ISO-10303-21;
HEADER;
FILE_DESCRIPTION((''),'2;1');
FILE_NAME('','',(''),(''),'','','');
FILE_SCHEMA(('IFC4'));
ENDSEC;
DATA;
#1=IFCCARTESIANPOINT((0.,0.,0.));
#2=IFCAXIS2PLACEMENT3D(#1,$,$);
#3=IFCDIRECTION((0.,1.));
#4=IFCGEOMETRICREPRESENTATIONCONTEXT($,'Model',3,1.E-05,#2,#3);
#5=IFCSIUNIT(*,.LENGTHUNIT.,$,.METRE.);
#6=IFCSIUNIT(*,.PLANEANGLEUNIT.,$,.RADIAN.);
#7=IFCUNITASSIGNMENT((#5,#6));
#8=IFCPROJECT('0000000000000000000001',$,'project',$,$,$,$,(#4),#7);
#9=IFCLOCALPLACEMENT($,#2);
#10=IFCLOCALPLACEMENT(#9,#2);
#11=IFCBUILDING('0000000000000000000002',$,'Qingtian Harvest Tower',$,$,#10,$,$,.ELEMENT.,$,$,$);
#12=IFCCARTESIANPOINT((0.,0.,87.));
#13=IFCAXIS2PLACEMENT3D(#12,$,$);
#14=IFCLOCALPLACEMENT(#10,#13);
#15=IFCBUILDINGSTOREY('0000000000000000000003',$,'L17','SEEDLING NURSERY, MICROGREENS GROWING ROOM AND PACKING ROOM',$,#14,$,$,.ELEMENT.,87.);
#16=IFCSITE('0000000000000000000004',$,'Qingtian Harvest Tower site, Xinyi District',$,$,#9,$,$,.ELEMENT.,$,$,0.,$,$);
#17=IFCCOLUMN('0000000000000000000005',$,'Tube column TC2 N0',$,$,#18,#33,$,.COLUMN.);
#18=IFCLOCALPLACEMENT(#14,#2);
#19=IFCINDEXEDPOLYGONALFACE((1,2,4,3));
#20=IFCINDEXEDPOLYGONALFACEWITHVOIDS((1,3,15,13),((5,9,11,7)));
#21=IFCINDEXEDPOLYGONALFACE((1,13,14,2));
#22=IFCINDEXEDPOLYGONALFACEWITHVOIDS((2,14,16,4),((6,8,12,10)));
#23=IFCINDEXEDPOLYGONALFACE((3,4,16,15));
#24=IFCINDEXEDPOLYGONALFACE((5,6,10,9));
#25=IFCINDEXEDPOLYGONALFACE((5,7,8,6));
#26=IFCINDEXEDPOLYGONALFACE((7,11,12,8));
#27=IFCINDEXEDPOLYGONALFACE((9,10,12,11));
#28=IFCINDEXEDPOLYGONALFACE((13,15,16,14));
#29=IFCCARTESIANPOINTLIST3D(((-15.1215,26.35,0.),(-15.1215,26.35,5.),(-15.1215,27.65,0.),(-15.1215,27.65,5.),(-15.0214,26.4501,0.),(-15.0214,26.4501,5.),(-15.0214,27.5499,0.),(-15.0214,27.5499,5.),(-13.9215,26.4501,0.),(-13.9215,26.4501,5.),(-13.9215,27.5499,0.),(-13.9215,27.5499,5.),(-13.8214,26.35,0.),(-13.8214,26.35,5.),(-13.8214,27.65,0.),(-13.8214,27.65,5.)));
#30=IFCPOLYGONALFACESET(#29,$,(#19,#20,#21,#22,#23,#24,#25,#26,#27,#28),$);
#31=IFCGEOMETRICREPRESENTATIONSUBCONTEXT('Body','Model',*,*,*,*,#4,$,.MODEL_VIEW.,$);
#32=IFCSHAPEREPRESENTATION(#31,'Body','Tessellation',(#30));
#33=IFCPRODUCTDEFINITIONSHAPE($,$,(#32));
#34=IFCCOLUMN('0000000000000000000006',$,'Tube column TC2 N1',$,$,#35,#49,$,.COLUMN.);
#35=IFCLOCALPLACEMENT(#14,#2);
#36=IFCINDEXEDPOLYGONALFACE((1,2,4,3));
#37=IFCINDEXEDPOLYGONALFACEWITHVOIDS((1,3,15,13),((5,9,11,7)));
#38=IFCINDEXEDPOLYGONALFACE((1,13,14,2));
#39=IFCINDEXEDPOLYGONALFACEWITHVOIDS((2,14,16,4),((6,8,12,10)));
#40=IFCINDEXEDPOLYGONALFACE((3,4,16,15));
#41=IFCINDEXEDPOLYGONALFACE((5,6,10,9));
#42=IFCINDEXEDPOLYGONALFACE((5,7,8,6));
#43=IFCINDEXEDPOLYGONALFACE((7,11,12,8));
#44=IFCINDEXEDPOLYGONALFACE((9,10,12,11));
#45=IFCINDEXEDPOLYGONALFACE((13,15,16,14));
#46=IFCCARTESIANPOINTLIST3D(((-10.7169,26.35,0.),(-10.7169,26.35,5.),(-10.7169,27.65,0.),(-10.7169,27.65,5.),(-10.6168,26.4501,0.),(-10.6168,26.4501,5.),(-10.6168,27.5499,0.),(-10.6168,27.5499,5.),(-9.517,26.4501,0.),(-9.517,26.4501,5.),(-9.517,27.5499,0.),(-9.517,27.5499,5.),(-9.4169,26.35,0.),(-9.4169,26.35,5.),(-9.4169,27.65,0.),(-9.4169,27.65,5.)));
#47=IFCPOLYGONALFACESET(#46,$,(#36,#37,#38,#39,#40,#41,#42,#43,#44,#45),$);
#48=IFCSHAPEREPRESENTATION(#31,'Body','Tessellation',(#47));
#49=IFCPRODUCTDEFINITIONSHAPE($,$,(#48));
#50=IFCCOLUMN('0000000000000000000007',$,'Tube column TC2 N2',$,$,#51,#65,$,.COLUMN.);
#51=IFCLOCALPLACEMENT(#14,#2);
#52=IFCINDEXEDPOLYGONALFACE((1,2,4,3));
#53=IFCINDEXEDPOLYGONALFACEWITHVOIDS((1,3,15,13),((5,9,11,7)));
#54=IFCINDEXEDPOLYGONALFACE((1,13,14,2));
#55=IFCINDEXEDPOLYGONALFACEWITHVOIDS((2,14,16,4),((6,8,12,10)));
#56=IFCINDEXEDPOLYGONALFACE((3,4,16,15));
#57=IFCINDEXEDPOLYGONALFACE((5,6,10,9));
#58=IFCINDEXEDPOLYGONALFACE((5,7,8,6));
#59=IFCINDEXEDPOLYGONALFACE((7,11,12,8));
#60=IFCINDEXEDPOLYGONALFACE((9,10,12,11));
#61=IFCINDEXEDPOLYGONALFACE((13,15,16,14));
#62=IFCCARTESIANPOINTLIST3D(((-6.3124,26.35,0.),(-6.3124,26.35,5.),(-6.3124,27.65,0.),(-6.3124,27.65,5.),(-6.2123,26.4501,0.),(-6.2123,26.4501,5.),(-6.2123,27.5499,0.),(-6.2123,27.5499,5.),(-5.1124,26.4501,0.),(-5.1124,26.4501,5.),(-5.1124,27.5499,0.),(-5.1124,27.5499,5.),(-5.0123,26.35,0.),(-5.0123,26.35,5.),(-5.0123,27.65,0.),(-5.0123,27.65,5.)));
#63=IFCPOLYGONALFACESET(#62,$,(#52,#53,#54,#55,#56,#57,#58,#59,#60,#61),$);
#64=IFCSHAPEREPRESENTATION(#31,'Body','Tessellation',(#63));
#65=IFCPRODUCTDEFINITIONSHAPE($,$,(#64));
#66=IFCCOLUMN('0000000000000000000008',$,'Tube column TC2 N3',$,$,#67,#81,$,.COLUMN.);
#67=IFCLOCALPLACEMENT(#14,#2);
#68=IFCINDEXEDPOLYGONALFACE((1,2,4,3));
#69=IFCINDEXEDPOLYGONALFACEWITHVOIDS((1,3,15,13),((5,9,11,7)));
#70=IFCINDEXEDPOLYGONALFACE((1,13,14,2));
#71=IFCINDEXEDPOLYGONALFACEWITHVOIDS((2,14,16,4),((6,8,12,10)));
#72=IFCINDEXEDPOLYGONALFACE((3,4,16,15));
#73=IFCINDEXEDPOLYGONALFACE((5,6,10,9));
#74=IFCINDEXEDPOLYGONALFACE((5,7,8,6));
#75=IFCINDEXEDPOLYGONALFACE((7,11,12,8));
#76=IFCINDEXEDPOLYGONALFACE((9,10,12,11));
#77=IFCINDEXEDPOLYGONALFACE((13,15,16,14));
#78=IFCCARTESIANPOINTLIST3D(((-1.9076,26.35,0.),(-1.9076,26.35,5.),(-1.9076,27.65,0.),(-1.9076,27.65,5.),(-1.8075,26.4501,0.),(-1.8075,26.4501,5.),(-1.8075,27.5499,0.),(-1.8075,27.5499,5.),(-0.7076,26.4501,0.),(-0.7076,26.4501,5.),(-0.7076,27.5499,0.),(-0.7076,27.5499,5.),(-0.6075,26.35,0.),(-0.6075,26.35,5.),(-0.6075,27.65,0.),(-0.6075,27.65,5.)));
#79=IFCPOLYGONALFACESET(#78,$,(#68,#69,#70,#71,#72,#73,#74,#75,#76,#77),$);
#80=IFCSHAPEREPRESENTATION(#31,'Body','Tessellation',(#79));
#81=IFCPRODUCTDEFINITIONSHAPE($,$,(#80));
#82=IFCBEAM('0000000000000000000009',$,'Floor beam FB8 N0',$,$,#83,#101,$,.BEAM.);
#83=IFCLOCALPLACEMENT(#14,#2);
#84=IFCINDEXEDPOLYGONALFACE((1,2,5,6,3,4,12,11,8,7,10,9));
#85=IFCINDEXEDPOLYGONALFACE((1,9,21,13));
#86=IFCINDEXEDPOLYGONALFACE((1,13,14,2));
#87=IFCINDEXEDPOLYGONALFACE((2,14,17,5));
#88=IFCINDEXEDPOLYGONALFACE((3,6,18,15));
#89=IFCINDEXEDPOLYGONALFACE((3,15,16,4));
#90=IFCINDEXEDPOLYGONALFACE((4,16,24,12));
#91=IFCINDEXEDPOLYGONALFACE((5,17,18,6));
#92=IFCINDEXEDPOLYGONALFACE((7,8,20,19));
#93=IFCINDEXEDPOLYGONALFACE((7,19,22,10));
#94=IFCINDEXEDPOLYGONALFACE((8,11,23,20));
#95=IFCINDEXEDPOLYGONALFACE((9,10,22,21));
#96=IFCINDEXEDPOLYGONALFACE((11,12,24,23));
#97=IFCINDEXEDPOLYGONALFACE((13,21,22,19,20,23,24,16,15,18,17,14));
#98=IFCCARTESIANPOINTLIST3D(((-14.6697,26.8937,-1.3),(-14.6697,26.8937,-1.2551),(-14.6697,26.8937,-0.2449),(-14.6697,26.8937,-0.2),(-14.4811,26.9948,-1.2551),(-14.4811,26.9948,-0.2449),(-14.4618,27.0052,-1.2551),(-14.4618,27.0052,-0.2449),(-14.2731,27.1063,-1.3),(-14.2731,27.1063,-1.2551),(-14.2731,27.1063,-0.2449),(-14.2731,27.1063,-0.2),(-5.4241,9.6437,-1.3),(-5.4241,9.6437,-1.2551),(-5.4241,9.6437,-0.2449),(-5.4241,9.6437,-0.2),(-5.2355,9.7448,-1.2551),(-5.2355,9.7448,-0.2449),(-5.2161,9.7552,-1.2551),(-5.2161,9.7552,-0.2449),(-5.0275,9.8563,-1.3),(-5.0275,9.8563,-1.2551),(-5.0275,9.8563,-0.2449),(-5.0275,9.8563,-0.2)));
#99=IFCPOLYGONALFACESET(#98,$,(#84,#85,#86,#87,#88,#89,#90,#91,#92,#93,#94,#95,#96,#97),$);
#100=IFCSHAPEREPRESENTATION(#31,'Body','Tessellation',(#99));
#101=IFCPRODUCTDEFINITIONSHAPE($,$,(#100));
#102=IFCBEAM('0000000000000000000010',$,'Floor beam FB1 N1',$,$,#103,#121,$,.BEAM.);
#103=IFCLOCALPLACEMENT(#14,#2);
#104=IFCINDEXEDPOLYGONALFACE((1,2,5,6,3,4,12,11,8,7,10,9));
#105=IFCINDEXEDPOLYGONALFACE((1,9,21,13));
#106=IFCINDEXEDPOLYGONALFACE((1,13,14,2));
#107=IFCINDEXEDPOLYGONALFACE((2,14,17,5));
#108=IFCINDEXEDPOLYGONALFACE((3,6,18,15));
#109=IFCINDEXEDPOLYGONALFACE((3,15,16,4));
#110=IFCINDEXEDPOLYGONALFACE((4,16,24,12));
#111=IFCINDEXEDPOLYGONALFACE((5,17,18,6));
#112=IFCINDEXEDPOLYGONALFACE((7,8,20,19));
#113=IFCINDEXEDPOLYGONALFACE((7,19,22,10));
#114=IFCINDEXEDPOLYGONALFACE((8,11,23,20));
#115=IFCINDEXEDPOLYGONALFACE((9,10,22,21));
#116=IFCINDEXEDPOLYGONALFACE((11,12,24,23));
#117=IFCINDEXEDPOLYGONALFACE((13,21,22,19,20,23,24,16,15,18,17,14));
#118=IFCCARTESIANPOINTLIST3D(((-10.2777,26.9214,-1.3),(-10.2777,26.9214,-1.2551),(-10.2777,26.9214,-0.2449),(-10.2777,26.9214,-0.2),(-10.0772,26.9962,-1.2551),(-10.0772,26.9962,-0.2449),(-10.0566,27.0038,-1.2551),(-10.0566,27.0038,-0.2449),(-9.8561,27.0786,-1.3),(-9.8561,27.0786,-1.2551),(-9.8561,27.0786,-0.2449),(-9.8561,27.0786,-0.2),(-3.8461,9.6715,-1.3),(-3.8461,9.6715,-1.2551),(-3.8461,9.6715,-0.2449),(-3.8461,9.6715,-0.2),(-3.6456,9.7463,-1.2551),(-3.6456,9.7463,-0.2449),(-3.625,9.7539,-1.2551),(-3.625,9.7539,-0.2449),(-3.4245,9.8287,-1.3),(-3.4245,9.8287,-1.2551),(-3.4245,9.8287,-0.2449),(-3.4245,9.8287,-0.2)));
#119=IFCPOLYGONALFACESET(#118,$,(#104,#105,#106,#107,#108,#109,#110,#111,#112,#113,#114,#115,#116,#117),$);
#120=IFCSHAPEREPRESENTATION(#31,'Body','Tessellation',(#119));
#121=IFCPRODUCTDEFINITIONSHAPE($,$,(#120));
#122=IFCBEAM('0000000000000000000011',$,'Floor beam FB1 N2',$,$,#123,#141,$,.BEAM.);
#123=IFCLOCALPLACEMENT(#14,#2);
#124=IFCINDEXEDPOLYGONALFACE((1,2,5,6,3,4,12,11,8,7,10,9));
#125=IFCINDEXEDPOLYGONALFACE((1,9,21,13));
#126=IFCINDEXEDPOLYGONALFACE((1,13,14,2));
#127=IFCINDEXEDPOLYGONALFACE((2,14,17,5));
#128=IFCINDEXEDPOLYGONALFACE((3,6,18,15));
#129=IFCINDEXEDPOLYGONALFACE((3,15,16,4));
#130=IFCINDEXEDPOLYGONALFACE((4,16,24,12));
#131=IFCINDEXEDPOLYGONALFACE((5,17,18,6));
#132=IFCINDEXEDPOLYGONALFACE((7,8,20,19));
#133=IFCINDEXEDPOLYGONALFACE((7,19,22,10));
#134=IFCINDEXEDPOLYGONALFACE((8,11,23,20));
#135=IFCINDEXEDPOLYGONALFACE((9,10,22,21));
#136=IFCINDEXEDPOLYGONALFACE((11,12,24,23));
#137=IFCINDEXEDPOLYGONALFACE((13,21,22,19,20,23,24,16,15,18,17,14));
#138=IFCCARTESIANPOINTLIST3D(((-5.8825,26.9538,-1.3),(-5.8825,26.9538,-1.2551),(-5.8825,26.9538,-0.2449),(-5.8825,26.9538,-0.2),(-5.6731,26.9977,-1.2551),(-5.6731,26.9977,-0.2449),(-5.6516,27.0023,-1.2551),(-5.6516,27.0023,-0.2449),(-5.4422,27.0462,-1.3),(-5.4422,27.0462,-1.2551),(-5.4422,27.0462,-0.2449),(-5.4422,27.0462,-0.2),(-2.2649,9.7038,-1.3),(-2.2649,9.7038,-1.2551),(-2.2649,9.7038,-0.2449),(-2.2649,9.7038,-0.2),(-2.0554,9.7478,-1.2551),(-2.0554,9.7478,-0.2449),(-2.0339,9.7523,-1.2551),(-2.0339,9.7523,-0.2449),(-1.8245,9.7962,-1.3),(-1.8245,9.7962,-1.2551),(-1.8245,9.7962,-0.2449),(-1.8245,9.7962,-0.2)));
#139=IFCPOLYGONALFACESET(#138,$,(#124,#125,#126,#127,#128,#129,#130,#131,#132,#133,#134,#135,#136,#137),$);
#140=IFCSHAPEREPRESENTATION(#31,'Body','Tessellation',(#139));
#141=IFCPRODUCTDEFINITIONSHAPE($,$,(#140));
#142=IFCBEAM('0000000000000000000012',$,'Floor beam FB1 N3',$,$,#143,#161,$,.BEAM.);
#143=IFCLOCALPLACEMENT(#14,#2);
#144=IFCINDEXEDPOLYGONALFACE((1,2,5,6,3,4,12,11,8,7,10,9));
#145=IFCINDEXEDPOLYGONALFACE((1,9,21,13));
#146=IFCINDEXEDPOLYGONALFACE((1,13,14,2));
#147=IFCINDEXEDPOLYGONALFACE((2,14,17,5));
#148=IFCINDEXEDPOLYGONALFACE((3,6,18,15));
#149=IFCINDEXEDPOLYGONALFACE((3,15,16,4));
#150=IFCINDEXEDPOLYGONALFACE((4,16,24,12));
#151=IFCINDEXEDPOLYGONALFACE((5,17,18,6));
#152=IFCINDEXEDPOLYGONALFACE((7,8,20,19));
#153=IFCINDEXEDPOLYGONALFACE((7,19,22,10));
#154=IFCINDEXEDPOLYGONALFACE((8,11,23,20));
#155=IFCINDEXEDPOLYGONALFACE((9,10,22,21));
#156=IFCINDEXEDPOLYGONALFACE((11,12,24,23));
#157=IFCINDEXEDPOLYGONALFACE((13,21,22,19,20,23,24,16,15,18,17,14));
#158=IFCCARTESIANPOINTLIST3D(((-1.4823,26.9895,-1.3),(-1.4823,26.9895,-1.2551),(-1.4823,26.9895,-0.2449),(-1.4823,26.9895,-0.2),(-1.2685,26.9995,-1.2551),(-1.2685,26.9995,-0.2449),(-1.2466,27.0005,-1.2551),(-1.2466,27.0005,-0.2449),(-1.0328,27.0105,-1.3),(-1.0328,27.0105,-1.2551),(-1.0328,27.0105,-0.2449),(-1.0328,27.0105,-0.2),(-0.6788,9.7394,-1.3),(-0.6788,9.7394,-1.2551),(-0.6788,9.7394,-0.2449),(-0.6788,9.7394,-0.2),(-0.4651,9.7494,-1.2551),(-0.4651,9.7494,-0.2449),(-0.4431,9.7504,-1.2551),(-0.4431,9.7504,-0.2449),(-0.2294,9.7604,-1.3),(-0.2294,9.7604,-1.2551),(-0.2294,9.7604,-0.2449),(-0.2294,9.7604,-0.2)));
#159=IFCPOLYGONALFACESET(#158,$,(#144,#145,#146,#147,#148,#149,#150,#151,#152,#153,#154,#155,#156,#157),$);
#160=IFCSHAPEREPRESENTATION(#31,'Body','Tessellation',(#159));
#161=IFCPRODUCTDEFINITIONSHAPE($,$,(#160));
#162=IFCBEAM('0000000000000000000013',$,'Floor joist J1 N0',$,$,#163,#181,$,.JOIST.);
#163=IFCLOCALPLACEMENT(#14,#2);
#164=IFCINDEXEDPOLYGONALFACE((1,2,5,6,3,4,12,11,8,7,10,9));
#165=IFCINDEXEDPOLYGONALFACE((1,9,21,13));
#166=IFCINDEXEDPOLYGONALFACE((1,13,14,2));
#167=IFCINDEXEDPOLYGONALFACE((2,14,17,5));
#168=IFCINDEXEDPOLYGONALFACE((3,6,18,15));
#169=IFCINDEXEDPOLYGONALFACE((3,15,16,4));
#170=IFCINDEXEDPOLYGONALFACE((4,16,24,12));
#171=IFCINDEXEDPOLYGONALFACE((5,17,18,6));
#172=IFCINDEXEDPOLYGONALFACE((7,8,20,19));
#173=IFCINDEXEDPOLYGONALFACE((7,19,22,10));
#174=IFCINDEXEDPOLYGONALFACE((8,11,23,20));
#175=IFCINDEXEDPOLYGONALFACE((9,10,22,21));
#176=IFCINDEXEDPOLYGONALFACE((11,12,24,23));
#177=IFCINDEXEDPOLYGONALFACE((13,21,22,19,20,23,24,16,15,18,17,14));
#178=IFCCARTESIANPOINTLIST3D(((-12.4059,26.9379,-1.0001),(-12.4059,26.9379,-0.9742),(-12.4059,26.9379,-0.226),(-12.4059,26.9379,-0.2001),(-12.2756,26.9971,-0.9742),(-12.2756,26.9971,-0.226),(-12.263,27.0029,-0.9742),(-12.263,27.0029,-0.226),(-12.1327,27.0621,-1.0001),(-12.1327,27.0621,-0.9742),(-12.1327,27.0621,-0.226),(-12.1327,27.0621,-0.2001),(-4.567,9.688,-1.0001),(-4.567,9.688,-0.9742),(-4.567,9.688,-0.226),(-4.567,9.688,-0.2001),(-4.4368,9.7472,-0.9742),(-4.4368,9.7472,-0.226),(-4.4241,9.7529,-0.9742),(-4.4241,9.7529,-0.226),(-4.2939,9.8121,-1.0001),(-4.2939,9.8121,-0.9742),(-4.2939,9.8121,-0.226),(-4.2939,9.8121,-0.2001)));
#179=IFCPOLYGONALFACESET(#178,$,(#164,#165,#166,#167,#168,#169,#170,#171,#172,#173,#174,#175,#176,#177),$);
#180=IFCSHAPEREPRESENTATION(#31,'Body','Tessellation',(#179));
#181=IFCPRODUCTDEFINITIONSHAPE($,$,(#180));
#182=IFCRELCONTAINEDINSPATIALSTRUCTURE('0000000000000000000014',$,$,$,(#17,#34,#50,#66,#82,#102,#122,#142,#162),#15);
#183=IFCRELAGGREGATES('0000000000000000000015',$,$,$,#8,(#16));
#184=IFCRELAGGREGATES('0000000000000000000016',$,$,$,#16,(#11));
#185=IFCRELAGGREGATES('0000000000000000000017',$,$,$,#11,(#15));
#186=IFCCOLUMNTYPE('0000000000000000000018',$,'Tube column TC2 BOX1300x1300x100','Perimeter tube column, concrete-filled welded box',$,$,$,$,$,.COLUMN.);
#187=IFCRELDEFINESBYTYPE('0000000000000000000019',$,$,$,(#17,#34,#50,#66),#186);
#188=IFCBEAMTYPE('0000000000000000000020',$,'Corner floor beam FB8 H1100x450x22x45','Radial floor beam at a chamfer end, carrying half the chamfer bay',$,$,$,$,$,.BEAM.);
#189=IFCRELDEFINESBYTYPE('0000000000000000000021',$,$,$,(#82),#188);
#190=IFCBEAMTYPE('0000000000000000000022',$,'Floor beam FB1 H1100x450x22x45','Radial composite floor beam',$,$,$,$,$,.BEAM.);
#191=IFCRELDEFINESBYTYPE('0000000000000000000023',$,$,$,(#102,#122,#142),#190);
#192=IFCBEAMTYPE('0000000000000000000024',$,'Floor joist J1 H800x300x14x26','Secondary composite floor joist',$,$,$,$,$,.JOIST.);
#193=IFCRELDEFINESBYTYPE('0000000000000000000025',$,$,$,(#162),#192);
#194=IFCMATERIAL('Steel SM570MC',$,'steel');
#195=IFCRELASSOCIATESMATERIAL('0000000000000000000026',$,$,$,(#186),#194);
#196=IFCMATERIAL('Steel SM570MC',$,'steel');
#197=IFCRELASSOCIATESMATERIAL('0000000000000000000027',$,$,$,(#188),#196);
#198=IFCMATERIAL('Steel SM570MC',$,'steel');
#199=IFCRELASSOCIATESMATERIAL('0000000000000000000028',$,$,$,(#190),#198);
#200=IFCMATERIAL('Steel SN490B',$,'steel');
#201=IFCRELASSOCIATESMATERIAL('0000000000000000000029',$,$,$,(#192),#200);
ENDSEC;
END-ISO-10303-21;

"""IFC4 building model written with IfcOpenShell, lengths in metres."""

from ifc_helpers import new_model, si_unit, direction, frame, origin, origin_2d, place, context, subcontext, project, spatial, hollow_rectangle, i_section, extrude, material, material_profile, profile_set, type_object, element, save


model = new_model("IFC4")

# Units and contexts
model_context = context("Model", 3, precision=1e-05, world=origin(), true_north=direction((0.0, 1.0)))
body_context = subcontext(model_context, "Body", "Model", "MODEL_VIEW")
ifc_project = project(units=[si_unit("LENGTHUNIT", "METRE"), si_unit("PLANEANGLEUNIT", "RADIAN")], contexts=[model_context])

# Site, building, storey
site_placement = place(None, origin())
site = spatial("IfcSite", under=ifc_project, at=site_placement, Name="Qingtian Harvest Tower site, Xinyi District", CompositionType="ELEMENT", RefElevation=0.0)
building_placement = place(site_placement, origin())
building = spatial("IfcBuilding", under=site, at=building_placement, Name="Qingtian Harvest Tower", CompositionType="ELEMENT")
storey_placement = place(building_placement, frame((0.0, 0.0, 87.0)))
storey = spatial("IfcBuildingStorey", under=building, at=storey_placement, Name="L17", Description="SEEDLING NURSERY, MICROGREENS GROWING ROOM AND PACKING ROOM", CompositionType="ELEMENT", Elevation=87.0)

# Columns
ifc_material_1 = material(Name="Steel SM570MC", Category="steel")
ifc_material_profile_1 = material_profile(ifc_material_1, hollow_rectangle(XDim=1.3, YDim=1.3, WallThickness=0.1001, at=origin_2d()), Name="BOX1300x1300x100")
ifc_profile_set_1 = profile_set([ifc_material_profile_1], Name="Steel SM570MC")
column_type = type_object("IfcColumnType", Name="Tube column TC2 BOX1300x1300x100", Description="Perimeter tube column, concrete-filled welded box", PredefinedType="COLUMN", material=ifc_profile_set_1)
for number, where, z_axis, x_axis, name in (
    (1, (-14.4714, 27.0, 0.0), (0.0, 0.0, 1.0), (-1.0, 0.0, 0.0), "Tube column TC2 N0"),
    (2, (-10.0669, 27.0, 0.0), (0.0, 0.0, 1.0), (-1.0, 0.0, 0.0), "Tube column TC2 N1"),
    (3, (-5.6624, 27.0, 0.0), (0.0, 0.0, 1.0), (-1.0, 0.0, 0.0), "Tube column TC2 N2"),
    (4, (-1.2576, 27.0, 0.0), (0.0, 0.0, 1.0), (-1.0, 0.0, 0.0), "Tube column TC2 N3"),
):
    element("IfcColumn", number, at=place(storey_placement, frame(where, z_axis=z_axis, x_axis=x_axis)), inside=storey, type_object=column_type, Name=name, PredefinedType="COLUMN", context=body_context, shape_type="SweptSolid", body=[
        extrude(hollow_rectangle(XDim=1.3, YDim=1.3, WallThickness=0.1001, at=origin_2d()), origin(), (0.0, 0.0, 1.0), 5.0),
    ])

# Beams
ifc_material_2 = material(Name="Steel SM570MC", Category="steel")
ifc_material_profile_2 = material_profile(ifc_material_2, i_section(OverallWidth=0.45, OverallDepth=1.1001, WebThickness=0.022, FlangeThickness=0.0449, at=origin_2d()), Name="H1100x450x22x45")
ifc_profile_set_2 = profile_set([ifc_material_profile_2], Name="Steel SM570MC")
beam_type_1 = type_object("IfcBeamType", Name="Corner floor beam FB8 H1100x450x22x45", Description="Radial floor beam at a chamfer end, carrying half the chamfer bay", PredefinedType="BEAM", material=ifc_profile_set_2)
beam_1_placement = place(storey_placement, frame((-14.4714, 27.0, -0.75), z_axis=(0.472401, -0.881384, 0.0), x_axis=(0.881384, 0.472401, 0.0)))
element("IfcBeam", 5, at=beam_1_placement, inside=storey, type_object=beam_type_1, Name="Floor beam FB8 N0", PredefinedType="BEAM", context=body_context, shape_type="SweptSolid", body=[
    extrude(i_section(OverallWidth=0.45, OverallDepth=1.1001, WebThickness=0.022, FlangeThickness=0.0449, at=origin_2d()), origin(), (0.0, 0.0, 1.0), 19.5715),
])
ifc_material_3 = material(Name="Steel SM570MC", Category="steel")
ifc_material_profile_3 = material_profile(ifc_material_3, i_section(OverallWidth=0.45, OverallDepth=1.1001, WebThickness=0.022, FlangeThickness=0.0449, at=origin_2d()), Name="H1100x450x22x45")
ifc_profile_set_3 = profile_set([ifc_material_profile_3], Name="Steel SM570MC")
beam_type_2 = type_object("IfcBeamType", Name="Floor beam FB1 H1100x450x22x45", Description="Radial composite floor beam", PredefinedType="BEAM", material=ifc_profile_set_3)
beam_2_placement = place(storey_placement, frame((-10.0669, 27.0, -0.75), z_axis=(0.349356, -0.93699, 0.0), x_axis=(0.93699, 0.349356, 0.0)))
element("IfcBeam", 6, at=beam_2_placement, inside=storey, type_object=beam_type_2, Name="Floor beam FB1 N1", PredefinedType="BEAM", context=body_context, shape_type="SweptSolid", body=[
    extrude(i_section(OverallWidth=0.45, OverallDepth=1.1001, WebThickness=0.022, FlangeThickness=0.0449, at=origin_2d()), origin(), (0.0, 0.0, 1.0), 18.4099),
])
beam_3_placement = place(storey_placement, frame((-5.6624, 27.0, -0.75), z_axis=(0.205255, -0.978709, 0.0), x_axis=(0.978709, 0.205255, 0.0)))
element("IfcBeam", 7, at=beam_3_placement, inside=storey, type_object=beam_type_2, Name="Floor beam FB1 N2", PredefinedType="BEAM", context=body_context, shape_type="SweptSolid", body=[
    extrude(i_section(OverallWidth=0.45, OverallDepth=1.1001, WebThickness=0.022, FlangeThickness=0.0449, at=origin_2d()), origin(), (0.0, 0.0, 1.0), 17.6252),
])
beam_4_placement = place(storey_placement, frame((-1.2576, 27.0, -0.75), z_axis=(0.046527, -0.998917, 0.0), x_axis=(0.998917, 0.046527, 0.0)))
element("IfcBeam", 8, at=beam_4_placement, inside=storey, type_object=beam_type_2, Name="Floor beam FB1 N3", PredefinedType="BEAM", context=body_context, shape_type="SweptSolid", body=[
    extrude(i_section(OverallWidth=0.45, OverallDepth=1.1001, WebThickness=0.022, FlangeThickness=0.0449, at=origin_2d()), origin(), (0.0, 0.0, 1.0), 17.2688),
])
ifc_material_4 = material(Name="Steel SN490B", Category="steel")
ifc_material_profile_4 = material_profile(ifc_material_4, i_section(OverallWidth=0.3, OverallDepth=0.8, WebThickness=0.0139, FlangeThickness=0.0259, at=origin_2d()), Name="H800x300x14x26")
ifc_profile_set_4 = profile_set([ifc_material_profile_4], Name="Steel SN490B")
beam_type_3 = type_object("IfcBeamType", Name="Floor joist J1 H800x300x14x26", Description="Secondary composite floor joist", PredefinedType="JOIST", material=ifc_profile_set_4)
beam_5_placement = place(storey_placement, frame((-12.2693, 27.0, -0.6001), z_axis=(0.413714, -0.910407, 0.0), x_axis=(0.910407, 0.413714, 0.0)))
element("IfcBeam", 9, at=beam_5_placement, inside=storey, type_object=beam_type_3, Name="Floor joist J1 N0", PredefinedType="JOIST", context=body_context, shape_type="SweptSolid", body=[
    extrude(i_section(OverallWidth=0.3, OverallDepth=0.8, WebThickness=0.0139, FlangeThickness=0.0259, at=origin_2d()), origin(), (0.0, 0.0, 1.0), 18.9475),
])

save(model, "model.ifc")
